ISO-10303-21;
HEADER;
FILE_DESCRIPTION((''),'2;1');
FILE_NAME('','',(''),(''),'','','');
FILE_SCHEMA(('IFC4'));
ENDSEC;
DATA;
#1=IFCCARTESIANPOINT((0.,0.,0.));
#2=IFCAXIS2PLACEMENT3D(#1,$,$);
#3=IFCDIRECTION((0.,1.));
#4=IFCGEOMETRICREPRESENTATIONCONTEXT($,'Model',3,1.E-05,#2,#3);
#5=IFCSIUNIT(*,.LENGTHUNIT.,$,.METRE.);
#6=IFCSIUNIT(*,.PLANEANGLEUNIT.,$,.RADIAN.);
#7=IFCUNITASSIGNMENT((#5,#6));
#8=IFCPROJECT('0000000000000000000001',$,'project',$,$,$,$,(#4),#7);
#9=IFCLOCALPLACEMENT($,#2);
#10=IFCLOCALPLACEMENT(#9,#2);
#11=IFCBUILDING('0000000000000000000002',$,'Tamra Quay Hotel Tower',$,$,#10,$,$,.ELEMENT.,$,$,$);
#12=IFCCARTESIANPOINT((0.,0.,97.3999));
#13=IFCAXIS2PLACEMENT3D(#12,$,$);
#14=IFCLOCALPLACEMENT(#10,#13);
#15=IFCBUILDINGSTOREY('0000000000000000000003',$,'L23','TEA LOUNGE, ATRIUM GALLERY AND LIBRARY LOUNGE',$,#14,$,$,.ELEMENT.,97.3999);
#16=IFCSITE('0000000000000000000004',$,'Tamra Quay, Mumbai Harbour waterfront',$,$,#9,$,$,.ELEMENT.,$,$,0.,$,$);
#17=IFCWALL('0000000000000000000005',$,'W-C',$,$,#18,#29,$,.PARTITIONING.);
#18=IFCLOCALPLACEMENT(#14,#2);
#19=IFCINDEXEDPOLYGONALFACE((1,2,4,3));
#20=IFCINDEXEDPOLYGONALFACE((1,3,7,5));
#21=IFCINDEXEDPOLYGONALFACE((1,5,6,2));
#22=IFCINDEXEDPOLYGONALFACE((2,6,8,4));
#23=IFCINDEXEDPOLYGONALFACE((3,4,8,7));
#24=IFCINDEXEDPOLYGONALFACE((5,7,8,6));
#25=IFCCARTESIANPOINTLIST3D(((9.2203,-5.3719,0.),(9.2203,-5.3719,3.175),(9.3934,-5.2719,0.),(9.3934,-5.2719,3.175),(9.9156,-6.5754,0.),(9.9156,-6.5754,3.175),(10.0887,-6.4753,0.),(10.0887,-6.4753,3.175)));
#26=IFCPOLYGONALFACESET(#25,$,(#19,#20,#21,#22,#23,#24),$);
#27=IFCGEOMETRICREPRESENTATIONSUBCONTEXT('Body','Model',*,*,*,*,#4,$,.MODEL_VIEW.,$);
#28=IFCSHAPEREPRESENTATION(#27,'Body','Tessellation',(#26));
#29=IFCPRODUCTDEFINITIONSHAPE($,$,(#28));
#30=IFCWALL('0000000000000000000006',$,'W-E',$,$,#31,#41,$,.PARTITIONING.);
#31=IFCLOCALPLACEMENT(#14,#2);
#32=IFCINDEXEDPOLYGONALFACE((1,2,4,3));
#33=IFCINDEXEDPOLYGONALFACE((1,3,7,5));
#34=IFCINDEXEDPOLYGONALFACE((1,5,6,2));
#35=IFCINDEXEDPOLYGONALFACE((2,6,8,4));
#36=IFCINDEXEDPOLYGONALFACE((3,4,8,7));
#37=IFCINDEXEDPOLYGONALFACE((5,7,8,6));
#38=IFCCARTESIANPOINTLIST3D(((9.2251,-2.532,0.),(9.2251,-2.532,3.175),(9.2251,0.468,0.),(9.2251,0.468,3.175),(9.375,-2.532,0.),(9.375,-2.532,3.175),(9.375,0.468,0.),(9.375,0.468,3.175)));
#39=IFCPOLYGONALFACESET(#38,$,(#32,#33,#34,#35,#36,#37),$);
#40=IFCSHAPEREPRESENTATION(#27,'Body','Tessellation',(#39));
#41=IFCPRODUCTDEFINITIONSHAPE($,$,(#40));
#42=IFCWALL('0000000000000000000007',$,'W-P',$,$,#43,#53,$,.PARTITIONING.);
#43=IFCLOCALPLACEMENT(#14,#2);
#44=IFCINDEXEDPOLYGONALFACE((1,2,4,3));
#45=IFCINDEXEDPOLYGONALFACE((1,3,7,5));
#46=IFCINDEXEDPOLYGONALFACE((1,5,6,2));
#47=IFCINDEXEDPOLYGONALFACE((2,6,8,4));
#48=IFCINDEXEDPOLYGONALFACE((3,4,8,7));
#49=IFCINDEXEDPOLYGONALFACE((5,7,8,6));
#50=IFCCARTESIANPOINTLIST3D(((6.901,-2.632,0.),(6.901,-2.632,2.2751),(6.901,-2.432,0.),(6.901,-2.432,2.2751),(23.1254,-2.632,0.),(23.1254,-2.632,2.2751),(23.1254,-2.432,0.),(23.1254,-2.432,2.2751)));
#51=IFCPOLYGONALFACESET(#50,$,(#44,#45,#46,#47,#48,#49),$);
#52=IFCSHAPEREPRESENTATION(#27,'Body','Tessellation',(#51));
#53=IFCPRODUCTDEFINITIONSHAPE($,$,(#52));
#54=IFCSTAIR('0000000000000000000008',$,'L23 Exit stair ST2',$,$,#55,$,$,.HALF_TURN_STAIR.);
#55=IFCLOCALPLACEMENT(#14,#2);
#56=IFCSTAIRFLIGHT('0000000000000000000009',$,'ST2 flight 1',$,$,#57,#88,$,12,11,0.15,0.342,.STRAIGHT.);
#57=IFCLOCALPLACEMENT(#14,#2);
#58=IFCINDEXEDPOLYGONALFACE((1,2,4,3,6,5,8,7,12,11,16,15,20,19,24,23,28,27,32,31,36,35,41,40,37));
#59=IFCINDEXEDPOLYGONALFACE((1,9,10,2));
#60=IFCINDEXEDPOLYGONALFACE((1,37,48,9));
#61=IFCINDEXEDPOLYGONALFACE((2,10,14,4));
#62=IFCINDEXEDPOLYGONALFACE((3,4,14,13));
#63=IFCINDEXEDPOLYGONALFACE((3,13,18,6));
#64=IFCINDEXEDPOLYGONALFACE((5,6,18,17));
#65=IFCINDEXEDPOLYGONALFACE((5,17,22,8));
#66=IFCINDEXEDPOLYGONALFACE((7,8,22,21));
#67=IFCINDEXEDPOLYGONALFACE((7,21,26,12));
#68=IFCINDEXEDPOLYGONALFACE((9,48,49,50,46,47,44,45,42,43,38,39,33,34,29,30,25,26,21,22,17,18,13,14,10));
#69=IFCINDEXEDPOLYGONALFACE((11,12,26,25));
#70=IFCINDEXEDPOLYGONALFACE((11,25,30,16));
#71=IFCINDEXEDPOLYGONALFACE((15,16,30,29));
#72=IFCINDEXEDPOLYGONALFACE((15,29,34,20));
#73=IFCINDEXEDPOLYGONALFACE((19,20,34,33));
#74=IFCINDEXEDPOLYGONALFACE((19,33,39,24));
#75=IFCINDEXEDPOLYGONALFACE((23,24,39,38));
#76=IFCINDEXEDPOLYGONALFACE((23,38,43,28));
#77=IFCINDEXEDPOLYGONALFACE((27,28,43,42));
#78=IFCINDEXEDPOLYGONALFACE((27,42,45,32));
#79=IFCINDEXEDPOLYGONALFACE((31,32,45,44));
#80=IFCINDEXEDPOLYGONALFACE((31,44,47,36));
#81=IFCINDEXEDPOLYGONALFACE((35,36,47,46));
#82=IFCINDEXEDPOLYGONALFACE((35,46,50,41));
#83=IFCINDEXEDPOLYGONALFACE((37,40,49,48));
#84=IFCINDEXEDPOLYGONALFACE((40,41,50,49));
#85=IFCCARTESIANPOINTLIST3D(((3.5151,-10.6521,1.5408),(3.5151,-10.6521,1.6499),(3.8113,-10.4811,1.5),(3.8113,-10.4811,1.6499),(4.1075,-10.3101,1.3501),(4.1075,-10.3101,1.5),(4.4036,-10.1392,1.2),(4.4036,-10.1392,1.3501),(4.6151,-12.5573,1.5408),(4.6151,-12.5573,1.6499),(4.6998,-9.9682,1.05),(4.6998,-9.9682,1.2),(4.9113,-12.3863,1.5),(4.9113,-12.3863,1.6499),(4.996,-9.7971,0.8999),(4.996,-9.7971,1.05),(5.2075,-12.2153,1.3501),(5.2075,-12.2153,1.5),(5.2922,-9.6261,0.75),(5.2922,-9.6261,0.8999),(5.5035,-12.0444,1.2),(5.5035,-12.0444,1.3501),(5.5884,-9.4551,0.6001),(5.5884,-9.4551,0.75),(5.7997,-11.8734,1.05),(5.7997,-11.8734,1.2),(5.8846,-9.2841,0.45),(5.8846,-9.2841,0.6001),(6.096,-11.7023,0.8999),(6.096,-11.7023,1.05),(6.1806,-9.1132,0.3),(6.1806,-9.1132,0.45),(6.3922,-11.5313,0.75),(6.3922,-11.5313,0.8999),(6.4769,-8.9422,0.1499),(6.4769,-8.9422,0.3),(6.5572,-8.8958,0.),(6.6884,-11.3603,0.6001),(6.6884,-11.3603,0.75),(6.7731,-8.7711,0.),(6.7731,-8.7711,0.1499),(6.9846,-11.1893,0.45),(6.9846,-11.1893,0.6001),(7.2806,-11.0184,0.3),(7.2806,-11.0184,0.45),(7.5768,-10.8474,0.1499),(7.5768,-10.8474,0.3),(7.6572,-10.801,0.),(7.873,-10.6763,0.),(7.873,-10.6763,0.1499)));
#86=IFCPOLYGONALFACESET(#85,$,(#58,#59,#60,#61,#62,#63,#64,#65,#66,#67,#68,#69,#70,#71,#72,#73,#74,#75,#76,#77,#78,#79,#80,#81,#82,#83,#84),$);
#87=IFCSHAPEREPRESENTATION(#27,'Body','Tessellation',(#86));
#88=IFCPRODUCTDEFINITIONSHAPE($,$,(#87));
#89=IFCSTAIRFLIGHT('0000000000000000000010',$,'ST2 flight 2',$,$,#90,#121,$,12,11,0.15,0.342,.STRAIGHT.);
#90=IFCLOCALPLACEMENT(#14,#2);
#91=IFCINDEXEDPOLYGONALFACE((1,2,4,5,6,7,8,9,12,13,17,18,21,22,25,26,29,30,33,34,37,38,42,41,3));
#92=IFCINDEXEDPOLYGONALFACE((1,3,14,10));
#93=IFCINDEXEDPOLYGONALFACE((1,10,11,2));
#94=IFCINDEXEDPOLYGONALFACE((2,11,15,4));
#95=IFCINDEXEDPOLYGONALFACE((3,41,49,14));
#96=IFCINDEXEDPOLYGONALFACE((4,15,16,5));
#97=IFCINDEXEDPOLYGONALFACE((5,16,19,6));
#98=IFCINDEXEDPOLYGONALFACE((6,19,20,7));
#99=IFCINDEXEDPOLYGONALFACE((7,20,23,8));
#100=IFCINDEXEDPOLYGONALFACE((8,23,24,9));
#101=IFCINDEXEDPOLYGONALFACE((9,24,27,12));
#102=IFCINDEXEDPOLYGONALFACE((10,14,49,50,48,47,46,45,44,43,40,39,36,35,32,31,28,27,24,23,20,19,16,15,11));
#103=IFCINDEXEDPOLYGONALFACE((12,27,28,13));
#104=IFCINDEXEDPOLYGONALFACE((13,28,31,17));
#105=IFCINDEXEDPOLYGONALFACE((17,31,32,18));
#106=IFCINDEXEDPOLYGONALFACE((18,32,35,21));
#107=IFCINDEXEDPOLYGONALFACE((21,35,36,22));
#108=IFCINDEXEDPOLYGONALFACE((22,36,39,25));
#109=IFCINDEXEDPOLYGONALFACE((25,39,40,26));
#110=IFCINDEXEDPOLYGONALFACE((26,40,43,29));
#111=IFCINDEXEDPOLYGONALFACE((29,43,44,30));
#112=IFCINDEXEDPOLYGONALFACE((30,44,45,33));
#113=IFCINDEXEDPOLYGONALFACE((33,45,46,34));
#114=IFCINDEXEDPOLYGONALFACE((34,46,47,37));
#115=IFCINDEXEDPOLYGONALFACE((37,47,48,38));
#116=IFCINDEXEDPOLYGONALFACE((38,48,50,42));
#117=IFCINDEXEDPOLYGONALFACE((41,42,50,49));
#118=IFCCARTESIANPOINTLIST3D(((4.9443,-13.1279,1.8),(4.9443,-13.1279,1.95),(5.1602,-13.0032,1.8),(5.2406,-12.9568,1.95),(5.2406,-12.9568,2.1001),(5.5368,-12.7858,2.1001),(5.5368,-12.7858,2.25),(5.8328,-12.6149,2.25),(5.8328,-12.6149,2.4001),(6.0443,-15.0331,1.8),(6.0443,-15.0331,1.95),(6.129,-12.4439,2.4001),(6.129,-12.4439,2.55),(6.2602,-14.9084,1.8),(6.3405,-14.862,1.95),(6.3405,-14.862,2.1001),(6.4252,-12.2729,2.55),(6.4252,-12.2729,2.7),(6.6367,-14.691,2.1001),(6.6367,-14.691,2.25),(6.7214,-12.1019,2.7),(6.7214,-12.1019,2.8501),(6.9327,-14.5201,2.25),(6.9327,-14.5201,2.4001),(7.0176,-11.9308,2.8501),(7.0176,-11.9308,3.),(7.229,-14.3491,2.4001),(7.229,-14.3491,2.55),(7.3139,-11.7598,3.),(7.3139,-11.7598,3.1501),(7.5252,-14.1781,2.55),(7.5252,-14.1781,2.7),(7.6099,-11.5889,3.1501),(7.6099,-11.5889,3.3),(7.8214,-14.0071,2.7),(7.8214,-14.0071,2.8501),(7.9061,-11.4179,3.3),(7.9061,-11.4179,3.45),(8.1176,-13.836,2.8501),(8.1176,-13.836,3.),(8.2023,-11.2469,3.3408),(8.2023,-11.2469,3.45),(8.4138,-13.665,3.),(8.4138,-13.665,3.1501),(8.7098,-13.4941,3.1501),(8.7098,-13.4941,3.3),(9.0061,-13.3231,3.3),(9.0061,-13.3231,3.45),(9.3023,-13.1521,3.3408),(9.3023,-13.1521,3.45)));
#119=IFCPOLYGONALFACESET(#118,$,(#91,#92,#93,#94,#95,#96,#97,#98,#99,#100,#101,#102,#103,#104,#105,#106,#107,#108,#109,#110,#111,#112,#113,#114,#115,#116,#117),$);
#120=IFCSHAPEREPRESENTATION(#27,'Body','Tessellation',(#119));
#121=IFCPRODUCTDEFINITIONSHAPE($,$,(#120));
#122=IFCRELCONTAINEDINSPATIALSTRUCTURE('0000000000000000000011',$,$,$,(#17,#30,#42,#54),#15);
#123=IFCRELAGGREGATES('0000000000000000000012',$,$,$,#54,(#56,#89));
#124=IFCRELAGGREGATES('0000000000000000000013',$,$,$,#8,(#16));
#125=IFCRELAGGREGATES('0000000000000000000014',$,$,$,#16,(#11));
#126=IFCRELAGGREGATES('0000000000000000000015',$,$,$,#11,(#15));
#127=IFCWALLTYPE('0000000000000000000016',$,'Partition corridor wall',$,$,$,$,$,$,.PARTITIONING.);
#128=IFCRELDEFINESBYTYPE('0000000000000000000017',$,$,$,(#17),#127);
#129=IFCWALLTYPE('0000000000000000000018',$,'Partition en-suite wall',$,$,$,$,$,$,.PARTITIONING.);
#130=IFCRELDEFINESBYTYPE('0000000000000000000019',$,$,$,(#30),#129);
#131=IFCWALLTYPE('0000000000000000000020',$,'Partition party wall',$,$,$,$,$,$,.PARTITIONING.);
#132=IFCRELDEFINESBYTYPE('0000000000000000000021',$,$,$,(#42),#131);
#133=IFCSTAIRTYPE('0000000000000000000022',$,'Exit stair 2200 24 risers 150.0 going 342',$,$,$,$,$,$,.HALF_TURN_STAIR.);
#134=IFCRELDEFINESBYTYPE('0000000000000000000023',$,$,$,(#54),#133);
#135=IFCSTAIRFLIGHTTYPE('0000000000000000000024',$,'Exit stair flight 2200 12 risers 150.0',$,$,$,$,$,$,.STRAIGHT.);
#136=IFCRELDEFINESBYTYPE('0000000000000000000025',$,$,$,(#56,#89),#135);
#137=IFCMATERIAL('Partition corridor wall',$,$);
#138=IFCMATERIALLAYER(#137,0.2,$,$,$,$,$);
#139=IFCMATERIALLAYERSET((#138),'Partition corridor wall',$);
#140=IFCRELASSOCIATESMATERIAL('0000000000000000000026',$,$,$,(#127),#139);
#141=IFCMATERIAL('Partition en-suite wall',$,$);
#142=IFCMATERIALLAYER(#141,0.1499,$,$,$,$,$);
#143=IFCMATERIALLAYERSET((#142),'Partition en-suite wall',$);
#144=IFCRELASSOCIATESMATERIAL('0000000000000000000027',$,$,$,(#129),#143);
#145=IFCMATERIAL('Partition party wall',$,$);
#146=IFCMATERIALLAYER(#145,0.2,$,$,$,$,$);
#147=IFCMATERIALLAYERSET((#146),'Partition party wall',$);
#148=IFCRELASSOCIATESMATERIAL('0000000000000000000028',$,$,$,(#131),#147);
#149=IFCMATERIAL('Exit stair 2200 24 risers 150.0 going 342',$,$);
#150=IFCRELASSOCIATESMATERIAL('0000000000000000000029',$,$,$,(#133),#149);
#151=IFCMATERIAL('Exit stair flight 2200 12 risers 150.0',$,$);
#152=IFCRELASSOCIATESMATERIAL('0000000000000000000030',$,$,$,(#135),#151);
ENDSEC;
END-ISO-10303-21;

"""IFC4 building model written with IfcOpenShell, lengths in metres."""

from ifc_helpers import new_model, si_unit, direction, frame, frame_2d, origin, place, context, subcontext, project, spatial, polyline, rectangle, outline, extrude, material, layer, layer_set, type_object, element, aggregate, save


model = new_model("IFC4")

# Units and contexts
model_context = context("Model", 3, precision=1e-05, world=origin(), true_north=direction((0.0, 1.0)))
body_context = subcontext(model_context, "Body", "Model", "MODEL_VIEW")
ifc_project = project(units=[si_unit("LENGTHUNIT", "METRE"), si_unit("PLANEANGLEUNIT", "RADIAN")], contexts=[model_context])

# Site, building, storey
site_placement = place(None, origin())
site = spatial("IfcSite", under=ifc_project, at=site_placement, Name="Tamra Quay, Mumbai Harbour waterfront", CompositionType="ELEMENT", RefElevation=0.0)
building_placement = place(site_placement, origin())
building = spatial("IfcBuilding", under=site, at=building_placement, Name="Tamra Quay Hotel Tower", CompositionType="ELEMENT")
storey_placement = place(building_placement, frame((0.0, 0.0, 97.3999)))
storey = spatial("IfcBuildingStorey", under=building, at=storey_placement, Name="L23", Description="TEA LOUNGE, ATRIUM GALLERY AND LIBRARY LOUNGE", CompositionType="ELEMENT", Elevation=97.3999)

# Shared definitions
ifc_material_1 = material(Name="Partition corridor wall")
ifc_layer_1 = layer(ifc_material_1, 0.2)
ifc_layer_set_1 = layer_set([ifc_layer_1], Name="Partition corridor wall")
wall_type_1 = type_object("IfcWallType", Name="Partition corridor wall", PredefinedType="PARTITIONING", material=ifc_layer_set_1)

# Walls
wall_1_placement = place(storey_placement, frame((9.3069, -5.322, 0.0), z_axis=(0.0, 0.0, 1.0), x_axis=(0.500295, -0.865855, 0.0)))
element("IfcWall", 1, at=wall_1_placement, inside=storey, type_object=wall_type_1, Name="W-C", PredefinedType="PARTITIONING", context=body_context, shape_type="SweptSolid", body=[
    extrude(rectangle(XDim=1.3899, YDim=0.2, at=frame_2d((0.6948, 0.0))), origin(), (0.0, 0.0, 1.0), 3.175),
])
ifc_material_2 = material(Name="Partition en-suite wall")
ifc_layer_2 = layer(ifc_material_2, 0.1499)
ifc_layer_set_2 = layer_set([ifc_layer_2], Name="Partition en-suite wall")
wall_type_2 = type_object("IfcWallType", Name="Partition en-suite wall", PredefinedType="PARTITIONING", material=ifc_layer_set_2)
wall_2_placement = place(storey_placement, frame((9.3, -2.532, 0.0), z_axis=(0.0, 0.0, 1.0), x_axis=(0.0, 1.0, 0.0)))
element("IfcWall", 2, at=wall_2_placement, inside=storey, type_object=wall_type_2, Name="W-E", PredefinedType="PARTITIONING", context=body_context, shape_type="SweptSolid", body=[
    extrude(rectangle(XDim=3.0, YDim=0.1499, at=frame_2d((1.5, 0.0))), origin(), (0.0, 0.0, 1.0), 3.175),
])
ifc_material_3 = material(Name="Partition party wall")
ifc_layer_3 = layer(ifc_material_3, 0.2)
ifc_layer_set_3 = layer_set([ifc_layer_3], Name="Partition party wall")
wall_type_3 = type_object("IfcWallType", Name="Partition party wall", PredefinedType="PARTITIONING", material=ifc_layer_set_3)
wall_3_placement = place(storey_placement, frame((6.9009, -2.532, 0.0), z_axis=(0.0, 0.0, 1.0), x_axis=(1.0, 0.0, 0.0)))
element("IfcWall", 3, at=wall_3_placement, inside=storey, type_object=wall_type_3, Name="W-P", PredefinedType="PARTITIONING", context=body_context, shape_type="SweptSolid", body=[
    extrude(rectangle(XDim=16.2244, YDim=0.2, at=frame_2d((8.1123, 0.0))), origin(), (0.0, 0.0, 1.0), 2.2751),
])

# Stair, stair flights
ifc_material_4 = material(Name="Exit stair 2200 24 risers 150.0 going 342")
stair_type = type_object("IfcStairType", Name="Exit stair 2200 24 risers 150.0 going 342", PredefinedType="HALF_TURN_STAIR", material=ifc_material_4)
stair_placement = place(storey_placement, origin())
stair = element("IfcStair", 4, at=stair_placement, inside=storey, type_object=stair_type, Name="L23 Exit stair ST2", PredefinedType="HALF_TURN_STAIR")
ifc_material_5 = material(Name="Exit stair flight 2200 12 risers 150.0")
stair_flight_type = type_object("IfcStairFlightType", Name="Exit stair flight 2200 12 risers 150.0", PredefinedType="STRAIGHT", material=ifc_material_5)
stair_flight_1_placement = place(storey_placement, frame((7.323, -9.7236, 0.0), z_axis=(0.0, 0.0, 1.0), x_axis=(-0.866025, -0.5, 0.0)))
stair_flight_1 = element("IfcStairFlight", 5, at=stair_flight_1_placement, type_object=stair_flight_type, Name="ST2 flight 1", NumberOfRisers=12, NumberOfTreads=11, PredefinedType="STRAIGHT", RiserHeight=0.15, TreadLength=0.342, context=body_context, shape_type="SweptSolid", body=[
    extrude(outline(polyline([(0.0, 0.0), (0.0, 0.1499), (0.342, 0.1499), (0.342, 0.3), (0.6841, 0.3), (0.6841, 0.45), (1.0259, 0.45), (1.0259, 0.6001), (1.3679, 0.6001), (1.3679, 0.75), (1.71, 0.75), (1.71, 0.8999), (2.052, 0.8999), (2.052, 1.05), (2.394, 1.05), (2.394, 1.2), (2.7361, 1.2), (2.7361, 1.3501), (3.0779, 1.3501), (3.0779, 1.5), (3.4199, 1.5), (3.4199, 1.6499), (3.762, 1.6499), (3.762, 1.8), (3.762, 1.5408), (0.2493, 0.0), (0.0, 0.0)])), frame((0.0, 1.1001, 0.0), z_axis=(0.0, -1.0, 0.0), x_axis=(1.0, 0.0, 0.0)), (0.0, 0.0, 1.0), 2.2),
])
stair_flight_2_placement = place(storey_placement, frame((5.4944, -14.0806, 1.8), z_axis=(0.0, 0.0, 1.0), x_axis=(0.866025, 0.5, 0.0)))
stair_flight_2 = element("IfcStairFlight", 6, at=stair_flight_2_placement, type_object=stair_flight_type, Name="ST2 flight 2", NumberOfRisers=12, NumberOfTreads=11, PredefinedType="STRAIGHT", RiserHeight=0.15, TreadLength=0.342, context=body_context, shape_type="SweptSolid", body=[
    extrude(outline(polyline([(0.0, 0.0), (0.0, 0.1499), (0.342, 0.1499), (0.342, 0.3), (0.6841, 0.3), (0.6841, 0.45), (1.0259, 0.45), (1.0259, 0.6001), (1.3679, 0.6001), (1.3679, 0.75), (1.71, 0.75), (1.71, 0.8999), (2.052, 0.8999), (2.052, 1.05), (2.394, 1.05), (2.394, 1.2), (2.7361, 1.2), (2.7361, 1.3501), (3.0779, 1.3501), (3.0779, 1.5), (3.4199, 1.5), (3.4199, 1.6499), (3.762, 1.6499), (3.762, 1.8), (3.762, 1.5408), (0.2493, 0.0), (0.0, 0.0)])), frame((0.0, 1.1001, 0.0), z_axis=(0.0, -1.0, 0.0), x_axis=(1.0, 0.0, 0.0)), (0.0, 0.0, 1.0), 2.2),
])
aggregate(stair, [stair_flight_1, stair_flight_2])

save(model, "model.ifc")
